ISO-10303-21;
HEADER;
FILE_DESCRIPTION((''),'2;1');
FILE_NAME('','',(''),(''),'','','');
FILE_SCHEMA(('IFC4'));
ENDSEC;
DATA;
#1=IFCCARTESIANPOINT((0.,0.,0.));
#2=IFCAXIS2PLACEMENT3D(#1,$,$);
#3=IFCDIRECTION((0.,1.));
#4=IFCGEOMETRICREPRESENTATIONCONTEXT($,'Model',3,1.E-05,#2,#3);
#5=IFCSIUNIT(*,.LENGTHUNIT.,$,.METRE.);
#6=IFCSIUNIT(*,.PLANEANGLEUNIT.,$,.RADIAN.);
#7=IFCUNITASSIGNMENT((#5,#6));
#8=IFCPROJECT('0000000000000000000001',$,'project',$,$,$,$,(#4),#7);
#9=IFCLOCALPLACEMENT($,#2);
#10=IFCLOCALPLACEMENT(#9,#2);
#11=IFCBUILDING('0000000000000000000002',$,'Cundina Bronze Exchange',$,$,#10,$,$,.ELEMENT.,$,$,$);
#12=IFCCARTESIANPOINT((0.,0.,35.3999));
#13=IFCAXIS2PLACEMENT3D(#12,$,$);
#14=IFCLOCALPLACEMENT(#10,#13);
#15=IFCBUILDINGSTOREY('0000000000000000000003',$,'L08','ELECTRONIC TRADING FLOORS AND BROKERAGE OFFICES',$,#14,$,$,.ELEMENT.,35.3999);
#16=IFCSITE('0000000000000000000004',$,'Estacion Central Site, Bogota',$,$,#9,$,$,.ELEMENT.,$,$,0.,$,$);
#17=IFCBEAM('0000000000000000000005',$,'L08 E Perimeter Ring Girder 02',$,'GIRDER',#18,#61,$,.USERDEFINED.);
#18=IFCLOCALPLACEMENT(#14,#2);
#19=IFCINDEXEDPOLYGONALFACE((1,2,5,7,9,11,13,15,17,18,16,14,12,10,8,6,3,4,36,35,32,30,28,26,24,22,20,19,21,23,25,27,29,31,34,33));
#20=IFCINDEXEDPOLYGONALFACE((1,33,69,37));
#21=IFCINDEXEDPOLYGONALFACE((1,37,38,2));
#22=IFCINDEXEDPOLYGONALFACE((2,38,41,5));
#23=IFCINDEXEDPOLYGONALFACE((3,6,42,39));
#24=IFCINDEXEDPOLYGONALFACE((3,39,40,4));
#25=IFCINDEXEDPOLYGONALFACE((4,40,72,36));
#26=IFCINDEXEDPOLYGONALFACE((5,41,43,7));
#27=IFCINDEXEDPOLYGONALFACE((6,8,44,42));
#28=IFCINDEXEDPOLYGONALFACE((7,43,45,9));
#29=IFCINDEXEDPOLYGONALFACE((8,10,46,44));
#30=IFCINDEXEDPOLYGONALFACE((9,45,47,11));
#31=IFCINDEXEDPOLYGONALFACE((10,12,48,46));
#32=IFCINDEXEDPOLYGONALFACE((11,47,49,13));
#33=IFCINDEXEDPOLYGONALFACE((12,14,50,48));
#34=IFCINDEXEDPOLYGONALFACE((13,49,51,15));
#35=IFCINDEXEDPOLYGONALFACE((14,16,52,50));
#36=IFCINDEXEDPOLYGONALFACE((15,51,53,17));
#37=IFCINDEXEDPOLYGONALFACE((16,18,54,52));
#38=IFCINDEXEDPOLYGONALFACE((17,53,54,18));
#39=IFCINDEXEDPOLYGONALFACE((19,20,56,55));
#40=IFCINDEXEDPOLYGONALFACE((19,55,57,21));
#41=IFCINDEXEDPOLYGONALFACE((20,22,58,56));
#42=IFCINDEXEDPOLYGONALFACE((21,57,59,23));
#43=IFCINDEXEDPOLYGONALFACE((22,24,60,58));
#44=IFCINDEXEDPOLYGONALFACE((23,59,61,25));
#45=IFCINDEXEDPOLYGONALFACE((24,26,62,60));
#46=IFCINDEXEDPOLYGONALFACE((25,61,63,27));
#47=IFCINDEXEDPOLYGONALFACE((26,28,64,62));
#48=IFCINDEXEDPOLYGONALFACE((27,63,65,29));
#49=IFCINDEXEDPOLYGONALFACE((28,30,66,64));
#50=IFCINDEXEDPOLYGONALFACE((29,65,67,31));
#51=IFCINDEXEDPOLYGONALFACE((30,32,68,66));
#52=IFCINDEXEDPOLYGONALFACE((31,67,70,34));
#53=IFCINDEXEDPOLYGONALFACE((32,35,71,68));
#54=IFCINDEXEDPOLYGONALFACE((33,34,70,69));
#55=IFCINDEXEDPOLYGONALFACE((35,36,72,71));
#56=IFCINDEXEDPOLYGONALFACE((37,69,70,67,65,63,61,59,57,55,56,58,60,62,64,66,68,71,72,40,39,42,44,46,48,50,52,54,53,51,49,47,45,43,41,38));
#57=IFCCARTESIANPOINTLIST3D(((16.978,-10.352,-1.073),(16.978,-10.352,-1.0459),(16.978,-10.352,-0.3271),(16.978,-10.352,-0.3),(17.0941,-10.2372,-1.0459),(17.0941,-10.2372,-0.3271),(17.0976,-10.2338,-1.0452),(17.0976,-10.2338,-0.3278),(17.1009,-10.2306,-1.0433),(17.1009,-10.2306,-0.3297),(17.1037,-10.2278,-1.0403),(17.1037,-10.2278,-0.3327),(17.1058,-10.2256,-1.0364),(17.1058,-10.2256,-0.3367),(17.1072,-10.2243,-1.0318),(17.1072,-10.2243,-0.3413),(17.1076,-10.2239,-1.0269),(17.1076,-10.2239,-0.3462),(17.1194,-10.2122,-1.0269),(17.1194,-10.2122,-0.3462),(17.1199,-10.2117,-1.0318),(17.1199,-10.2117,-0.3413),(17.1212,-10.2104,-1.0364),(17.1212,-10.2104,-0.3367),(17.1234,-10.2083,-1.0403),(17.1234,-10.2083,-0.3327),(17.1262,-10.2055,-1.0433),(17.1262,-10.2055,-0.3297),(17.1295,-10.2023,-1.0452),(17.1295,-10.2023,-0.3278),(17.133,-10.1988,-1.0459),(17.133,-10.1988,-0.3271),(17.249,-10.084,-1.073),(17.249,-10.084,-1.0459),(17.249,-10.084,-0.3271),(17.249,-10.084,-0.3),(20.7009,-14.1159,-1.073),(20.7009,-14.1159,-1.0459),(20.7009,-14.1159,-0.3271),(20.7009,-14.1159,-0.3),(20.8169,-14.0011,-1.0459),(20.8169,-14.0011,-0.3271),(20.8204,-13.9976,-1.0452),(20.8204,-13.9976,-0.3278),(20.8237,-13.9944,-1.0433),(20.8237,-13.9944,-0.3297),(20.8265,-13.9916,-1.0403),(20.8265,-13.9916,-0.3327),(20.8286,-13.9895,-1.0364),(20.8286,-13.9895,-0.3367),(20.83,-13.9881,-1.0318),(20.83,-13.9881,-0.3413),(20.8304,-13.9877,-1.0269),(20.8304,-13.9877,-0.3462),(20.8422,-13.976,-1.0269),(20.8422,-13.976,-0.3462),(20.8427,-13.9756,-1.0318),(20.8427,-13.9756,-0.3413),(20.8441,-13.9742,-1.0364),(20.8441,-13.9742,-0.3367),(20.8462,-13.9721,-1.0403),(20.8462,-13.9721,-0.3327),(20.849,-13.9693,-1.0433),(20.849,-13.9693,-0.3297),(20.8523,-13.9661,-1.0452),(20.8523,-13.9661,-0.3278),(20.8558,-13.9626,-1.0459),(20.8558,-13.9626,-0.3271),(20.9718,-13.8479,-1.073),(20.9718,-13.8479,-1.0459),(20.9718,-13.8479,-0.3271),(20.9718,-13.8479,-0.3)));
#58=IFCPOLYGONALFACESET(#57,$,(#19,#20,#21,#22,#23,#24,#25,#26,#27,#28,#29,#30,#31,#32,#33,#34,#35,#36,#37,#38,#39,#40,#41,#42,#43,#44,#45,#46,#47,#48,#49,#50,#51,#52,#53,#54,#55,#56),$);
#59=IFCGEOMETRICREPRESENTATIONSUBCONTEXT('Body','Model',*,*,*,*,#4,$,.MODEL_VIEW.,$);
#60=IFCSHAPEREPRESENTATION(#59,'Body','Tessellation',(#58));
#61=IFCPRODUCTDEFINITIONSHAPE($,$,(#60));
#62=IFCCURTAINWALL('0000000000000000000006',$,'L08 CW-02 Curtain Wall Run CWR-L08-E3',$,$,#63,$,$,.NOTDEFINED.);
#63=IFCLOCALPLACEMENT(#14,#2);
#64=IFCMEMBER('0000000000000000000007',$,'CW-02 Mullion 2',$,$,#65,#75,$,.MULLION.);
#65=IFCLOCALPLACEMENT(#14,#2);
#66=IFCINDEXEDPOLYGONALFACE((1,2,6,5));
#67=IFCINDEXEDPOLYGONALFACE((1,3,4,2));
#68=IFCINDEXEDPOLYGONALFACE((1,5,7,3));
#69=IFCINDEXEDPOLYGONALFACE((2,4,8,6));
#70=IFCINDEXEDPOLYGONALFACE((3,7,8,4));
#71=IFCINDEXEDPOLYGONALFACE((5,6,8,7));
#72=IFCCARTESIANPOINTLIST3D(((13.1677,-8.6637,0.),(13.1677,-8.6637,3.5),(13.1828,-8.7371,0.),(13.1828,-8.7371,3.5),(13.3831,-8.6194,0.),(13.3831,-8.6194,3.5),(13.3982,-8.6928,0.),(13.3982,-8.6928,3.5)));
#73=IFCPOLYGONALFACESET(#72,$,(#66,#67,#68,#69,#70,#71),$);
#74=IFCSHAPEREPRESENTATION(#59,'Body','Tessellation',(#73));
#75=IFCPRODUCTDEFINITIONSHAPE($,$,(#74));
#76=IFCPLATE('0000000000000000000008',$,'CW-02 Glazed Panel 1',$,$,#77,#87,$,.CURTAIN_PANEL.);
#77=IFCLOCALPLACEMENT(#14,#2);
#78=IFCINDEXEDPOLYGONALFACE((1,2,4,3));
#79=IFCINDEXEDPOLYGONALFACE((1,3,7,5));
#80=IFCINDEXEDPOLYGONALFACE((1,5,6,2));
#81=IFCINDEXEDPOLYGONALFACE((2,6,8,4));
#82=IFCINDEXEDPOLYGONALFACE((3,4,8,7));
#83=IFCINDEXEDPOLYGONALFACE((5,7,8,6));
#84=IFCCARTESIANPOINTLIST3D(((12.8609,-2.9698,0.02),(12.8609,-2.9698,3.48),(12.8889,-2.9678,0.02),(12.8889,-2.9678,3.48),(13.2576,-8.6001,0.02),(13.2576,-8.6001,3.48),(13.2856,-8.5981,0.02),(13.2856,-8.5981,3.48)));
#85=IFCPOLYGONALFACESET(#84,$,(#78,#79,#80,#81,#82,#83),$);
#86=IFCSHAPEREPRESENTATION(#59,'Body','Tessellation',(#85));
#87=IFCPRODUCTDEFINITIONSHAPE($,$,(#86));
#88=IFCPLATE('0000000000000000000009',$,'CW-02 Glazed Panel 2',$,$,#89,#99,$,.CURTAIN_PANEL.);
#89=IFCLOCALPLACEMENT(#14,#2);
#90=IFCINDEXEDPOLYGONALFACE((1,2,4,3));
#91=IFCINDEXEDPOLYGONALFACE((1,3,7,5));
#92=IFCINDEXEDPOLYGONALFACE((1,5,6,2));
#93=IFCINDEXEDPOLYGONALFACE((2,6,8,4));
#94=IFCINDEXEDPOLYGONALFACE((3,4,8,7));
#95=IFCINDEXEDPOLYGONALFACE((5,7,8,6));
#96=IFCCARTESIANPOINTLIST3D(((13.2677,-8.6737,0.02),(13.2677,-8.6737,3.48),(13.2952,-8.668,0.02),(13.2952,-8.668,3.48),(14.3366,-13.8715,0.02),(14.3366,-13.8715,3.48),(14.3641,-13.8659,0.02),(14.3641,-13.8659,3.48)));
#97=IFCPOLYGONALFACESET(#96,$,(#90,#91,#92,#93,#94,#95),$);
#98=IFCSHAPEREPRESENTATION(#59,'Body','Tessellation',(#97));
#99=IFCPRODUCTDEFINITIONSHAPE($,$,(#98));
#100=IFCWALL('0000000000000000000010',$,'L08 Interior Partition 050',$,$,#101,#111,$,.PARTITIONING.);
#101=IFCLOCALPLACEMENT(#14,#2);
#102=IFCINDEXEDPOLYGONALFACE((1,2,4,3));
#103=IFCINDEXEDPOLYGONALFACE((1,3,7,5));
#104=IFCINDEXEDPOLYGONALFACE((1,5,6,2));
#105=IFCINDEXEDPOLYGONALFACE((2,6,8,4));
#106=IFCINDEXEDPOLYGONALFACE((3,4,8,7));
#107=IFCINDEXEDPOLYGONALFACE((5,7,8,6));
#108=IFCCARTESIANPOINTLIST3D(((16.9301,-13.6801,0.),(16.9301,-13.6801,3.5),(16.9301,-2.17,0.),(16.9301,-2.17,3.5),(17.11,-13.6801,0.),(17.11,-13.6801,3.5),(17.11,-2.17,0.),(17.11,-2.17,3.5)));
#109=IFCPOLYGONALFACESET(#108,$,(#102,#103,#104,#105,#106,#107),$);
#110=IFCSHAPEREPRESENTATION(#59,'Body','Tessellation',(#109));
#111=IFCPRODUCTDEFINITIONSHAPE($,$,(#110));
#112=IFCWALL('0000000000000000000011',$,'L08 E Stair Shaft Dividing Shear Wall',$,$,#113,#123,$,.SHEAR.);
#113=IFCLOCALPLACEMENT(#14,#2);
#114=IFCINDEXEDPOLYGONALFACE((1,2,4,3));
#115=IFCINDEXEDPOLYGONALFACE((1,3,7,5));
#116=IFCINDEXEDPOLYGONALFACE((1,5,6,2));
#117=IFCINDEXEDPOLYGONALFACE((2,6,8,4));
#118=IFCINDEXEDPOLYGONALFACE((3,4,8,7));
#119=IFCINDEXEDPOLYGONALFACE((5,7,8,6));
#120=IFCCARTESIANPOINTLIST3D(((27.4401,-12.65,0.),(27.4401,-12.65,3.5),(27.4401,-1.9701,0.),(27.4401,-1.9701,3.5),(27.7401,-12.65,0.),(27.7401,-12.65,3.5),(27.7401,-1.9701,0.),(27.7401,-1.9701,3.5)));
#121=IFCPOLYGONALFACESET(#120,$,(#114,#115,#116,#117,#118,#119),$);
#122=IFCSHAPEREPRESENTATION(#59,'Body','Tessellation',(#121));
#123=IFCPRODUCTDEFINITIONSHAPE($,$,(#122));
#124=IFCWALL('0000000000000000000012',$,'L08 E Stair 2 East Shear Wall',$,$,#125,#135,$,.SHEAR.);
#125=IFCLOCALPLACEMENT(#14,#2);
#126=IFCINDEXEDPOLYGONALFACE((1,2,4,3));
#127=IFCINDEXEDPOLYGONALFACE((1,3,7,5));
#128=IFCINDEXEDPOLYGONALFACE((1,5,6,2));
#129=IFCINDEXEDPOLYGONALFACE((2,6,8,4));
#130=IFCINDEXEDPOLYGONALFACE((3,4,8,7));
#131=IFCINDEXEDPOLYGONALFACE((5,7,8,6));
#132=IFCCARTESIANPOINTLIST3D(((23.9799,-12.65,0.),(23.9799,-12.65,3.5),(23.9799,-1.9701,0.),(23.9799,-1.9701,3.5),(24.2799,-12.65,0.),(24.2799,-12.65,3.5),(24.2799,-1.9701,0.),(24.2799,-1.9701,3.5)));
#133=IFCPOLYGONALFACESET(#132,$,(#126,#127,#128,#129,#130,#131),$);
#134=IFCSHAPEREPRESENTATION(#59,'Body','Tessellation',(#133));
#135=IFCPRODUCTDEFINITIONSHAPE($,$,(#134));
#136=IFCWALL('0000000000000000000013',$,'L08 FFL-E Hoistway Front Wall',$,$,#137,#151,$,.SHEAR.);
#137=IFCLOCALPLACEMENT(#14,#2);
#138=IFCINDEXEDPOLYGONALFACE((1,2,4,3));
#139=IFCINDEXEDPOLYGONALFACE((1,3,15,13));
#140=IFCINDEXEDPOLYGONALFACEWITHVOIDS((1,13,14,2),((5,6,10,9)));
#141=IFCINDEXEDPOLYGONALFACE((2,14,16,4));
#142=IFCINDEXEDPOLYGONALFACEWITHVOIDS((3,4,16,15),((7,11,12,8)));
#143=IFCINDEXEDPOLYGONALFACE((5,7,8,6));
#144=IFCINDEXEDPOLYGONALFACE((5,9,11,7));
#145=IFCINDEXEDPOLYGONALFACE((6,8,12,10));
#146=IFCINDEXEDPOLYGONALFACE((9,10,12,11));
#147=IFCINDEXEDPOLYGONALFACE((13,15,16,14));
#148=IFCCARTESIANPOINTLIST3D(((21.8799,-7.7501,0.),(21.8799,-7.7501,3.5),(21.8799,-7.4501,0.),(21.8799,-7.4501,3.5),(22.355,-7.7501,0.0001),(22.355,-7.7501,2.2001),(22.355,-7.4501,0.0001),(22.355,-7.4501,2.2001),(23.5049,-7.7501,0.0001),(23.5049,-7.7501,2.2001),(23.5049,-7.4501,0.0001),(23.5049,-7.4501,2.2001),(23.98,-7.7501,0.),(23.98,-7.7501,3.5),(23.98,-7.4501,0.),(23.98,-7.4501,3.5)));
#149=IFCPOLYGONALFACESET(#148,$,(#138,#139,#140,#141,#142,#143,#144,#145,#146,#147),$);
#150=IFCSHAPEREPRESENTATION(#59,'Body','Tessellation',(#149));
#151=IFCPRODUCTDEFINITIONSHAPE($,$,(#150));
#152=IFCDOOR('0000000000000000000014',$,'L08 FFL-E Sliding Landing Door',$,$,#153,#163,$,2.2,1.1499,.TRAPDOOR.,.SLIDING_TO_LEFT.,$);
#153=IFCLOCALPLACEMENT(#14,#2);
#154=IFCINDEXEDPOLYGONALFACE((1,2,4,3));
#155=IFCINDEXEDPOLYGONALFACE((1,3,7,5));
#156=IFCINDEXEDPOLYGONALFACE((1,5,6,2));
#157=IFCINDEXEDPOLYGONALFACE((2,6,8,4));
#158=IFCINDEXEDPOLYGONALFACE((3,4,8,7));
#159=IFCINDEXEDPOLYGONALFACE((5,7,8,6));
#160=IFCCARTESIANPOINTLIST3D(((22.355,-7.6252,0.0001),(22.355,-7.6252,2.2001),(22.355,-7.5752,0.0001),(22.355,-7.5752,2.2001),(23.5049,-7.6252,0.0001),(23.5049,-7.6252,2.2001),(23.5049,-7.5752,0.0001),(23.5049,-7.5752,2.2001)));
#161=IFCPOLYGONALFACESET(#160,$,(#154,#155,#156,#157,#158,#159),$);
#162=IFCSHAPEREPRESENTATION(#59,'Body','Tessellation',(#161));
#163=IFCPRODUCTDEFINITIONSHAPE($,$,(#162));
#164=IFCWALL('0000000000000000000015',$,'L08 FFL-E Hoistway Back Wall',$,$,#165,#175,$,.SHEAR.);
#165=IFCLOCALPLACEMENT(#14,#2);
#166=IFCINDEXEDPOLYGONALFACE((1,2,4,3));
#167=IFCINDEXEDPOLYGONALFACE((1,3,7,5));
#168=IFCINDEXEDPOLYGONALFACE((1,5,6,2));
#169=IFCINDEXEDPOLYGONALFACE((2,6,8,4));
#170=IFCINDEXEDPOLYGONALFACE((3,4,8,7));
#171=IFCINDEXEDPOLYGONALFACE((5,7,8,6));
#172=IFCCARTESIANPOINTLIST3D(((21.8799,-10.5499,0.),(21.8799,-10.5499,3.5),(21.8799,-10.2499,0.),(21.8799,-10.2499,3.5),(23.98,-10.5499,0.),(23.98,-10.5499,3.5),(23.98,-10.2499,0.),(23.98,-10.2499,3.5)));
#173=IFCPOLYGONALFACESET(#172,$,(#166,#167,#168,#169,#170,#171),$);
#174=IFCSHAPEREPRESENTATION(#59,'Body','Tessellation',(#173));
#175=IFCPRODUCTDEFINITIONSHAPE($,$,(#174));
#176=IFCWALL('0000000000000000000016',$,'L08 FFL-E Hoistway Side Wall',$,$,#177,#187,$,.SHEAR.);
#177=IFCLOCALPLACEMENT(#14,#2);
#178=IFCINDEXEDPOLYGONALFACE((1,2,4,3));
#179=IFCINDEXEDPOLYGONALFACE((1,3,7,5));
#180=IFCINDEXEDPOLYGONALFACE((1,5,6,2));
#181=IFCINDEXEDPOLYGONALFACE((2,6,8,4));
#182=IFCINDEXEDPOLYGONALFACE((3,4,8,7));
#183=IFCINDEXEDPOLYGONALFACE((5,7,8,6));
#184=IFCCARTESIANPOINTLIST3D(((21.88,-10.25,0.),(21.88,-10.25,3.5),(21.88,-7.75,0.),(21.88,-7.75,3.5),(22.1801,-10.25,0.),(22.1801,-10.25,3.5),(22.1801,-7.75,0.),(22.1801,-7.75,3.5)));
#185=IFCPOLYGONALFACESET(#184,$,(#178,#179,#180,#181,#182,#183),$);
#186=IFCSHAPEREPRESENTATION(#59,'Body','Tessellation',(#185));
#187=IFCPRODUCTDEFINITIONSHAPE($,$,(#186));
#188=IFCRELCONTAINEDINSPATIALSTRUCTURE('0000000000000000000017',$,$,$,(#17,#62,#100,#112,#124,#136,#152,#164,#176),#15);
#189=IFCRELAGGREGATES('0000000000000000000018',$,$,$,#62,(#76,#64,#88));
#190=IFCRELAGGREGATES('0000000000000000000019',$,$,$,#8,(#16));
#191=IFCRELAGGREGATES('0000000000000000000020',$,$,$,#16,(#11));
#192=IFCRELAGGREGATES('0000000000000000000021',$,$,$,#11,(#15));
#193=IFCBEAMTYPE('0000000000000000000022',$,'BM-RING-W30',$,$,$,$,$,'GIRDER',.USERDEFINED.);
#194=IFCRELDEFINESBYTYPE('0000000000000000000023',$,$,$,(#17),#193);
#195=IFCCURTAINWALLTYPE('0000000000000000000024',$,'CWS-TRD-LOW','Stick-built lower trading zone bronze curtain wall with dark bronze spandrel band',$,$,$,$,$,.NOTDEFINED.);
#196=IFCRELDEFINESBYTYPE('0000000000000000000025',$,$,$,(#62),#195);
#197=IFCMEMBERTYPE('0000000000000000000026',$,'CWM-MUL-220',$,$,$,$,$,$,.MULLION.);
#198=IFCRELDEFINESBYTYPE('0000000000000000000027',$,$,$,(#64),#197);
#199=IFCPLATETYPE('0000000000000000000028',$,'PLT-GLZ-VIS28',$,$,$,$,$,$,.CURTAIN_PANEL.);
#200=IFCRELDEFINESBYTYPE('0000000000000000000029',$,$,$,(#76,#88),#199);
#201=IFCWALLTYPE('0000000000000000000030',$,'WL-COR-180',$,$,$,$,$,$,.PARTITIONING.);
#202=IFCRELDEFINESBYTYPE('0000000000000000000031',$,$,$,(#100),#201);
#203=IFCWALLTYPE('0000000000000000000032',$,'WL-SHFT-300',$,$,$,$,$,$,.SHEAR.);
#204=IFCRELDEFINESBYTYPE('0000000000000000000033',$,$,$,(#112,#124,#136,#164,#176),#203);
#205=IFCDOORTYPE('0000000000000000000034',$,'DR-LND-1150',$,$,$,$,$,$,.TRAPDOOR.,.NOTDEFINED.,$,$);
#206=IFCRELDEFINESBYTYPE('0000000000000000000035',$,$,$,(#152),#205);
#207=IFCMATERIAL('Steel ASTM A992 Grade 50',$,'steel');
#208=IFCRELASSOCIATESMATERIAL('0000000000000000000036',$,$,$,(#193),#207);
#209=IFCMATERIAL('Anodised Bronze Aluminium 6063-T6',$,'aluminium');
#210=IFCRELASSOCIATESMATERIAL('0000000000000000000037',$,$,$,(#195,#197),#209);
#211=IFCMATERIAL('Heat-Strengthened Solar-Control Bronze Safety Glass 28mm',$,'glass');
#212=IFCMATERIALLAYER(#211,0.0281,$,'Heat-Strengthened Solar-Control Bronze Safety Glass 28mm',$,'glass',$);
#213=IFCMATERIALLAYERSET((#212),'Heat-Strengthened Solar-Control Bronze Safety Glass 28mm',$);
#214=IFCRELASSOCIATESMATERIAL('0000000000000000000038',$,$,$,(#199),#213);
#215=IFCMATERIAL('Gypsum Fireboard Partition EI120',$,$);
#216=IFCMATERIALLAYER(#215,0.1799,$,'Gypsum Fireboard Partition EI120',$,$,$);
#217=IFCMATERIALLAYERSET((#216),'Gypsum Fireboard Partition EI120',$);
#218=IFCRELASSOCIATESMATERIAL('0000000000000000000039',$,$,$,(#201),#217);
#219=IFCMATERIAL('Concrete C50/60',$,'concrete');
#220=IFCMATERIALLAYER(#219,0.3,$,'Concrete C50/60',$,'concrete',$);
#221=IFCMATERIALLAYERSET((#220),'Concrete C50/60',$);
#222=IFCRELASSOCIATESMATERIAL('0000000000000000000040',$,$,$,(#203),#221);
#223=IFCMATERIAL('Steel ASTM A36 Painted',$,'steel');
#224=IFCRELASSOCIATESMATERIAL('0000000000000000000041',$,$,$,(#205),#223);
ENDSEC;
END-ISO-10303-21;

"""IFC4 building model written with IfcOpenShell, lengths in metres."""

from ifc_helpers import new_model, si_unit, direction, frame, frame_2d, origin, origin_2d, place, context, subcontext, project, spatial, rectangle, i_section, extrude, material, layer, layer_set, material_profile, profile_set, type_object, element, fill, aggregate, save


model = new_model("IFC4")

# Units and contexts
model_context = context("Model", 3, precision=1e-05, world=origin(), true_north=direction((0.0, 1.0)))
body_context = subcontext(model_context, "Body", "Model", "MODEL_VIEW")
ifc_project = project(units=[si_unit("LENGTHUNIT", "METRE"), si_unit("PLANEANGLEUNIT", "RADIAN")], contexts=[model_context])

# Site, building, storey
site_placement = place(None, origin())
site = spatial("IfcSite", under=ifc_project, at=site_placement, Name="Estacion Central Site, Bogota", CompositionType="ELEMENT", RefElevation=0.0)
building_placement = place(site_placement, origin())
building = spatial("IfcBuilding", under=site, at=building_placement, Name="Cundina Bronze Exchange", CompositionType="ELEMENT")
storey_placement = place(building_placement, frame((0.0, 0.0, 35.3999)))
storey = spatial("IfcBuildingStorey", under=building, at=storey_placement, Name="L08", Description="ELECTRONIC TRADING FLOORS AND BROKERAGE OFFICES", CompositionType="ELEMENT", Elevation=35.3999)

# Beam
ifc_material_1 = material(Name="Steel ASTM A992 Grade 50", Category="steel")
ifc_material_profile_1 = material_profile(ifc_material_1, i_section(OverallWidth=0.3811, OverallDepth=0.7729, WebThickness=0.0166, FlangeThickness=0.0271, FilletRadius=0.019, at=origin_2d()), Name="W30X173", Category="steel")
ifc_profile_set_1 = profile_set([ifc_material_profile_1], Name="Steel ASTM A992 Grade 50")
beam_type_1 = type_object("IfcBeamType", Name="BM-RING-W30", ElementType="GIRDER", PredefinedType="USERDEFINED", material=ifc_profile_set_1)
beam_1_placement = place(storey_placement, frame((17.1135, -10.218, -0.6865), z_axis=(0.703222, -0.71097, 0.0), x_axis=(0.71097, 0.703222, 0.0)))
element("IfcBeam", 1, at=beam_1_placement, inside=storey, type_object=beam_type_1, Name="L08 E Perimeter Ring Girder 02", ObjectType="GIRDER", PredefinedType="USERDEFINED", context=body_context, shape_type="SweptSolid", body=[
    extrude(i_section(OverallWidth=0.3811, OverallDepth=0.7729, WebThickness=0.0166, FlangeThickness=0.0271, FilletRadius=0.019, at=origin_2d()), origin(), (0.0, 0.0, 1.0), 5.2939),
])

# Curtain wall, member, plates
ifc_material_2 = material(Name="Anodised Bronze Aluminium 6063-T6", Category="aluminium")
curtain_wall_type = type_object("IfcCurtainWallType", Name="CWS-TRD-LOW", Description="Stick-built lower trading zone bronze curtain wall with dark bronze spandrel band", PredefinedType="NOTDEFINED", material=ifc_material_2)
curtain_wall_placement = place(storey_placement, origin())
curtain_wall = element("IfcCurtainWall", 2, at=curtain_wall_placement, inside=storey, type_object=curtain_wall_type, Name="L08 CW-02 Curtain Wall Run CWR-L08-E3", PredefinedType="NOTDEFINED")
ifc_material_profile_2 = material_profile(ifc_material_2, rectangle(XDim=0.075, YDim=0.22, at=origin_2d()), Name="AL75X220", Category="aluminium")
ifc_profile_set_2 = profile_set([ifc_material_profile_2], Name="Anodised Bronze Aluminium 6063-T6")
member_type = type_object("IfcMemberType", Name="CWM-MUL-220", PredefinedType="MULLION", material=ifc_profile_set_2)
member_placement = place(storey_placement, frame((13.283, -8.6782, 0.0), z_axis=(0.0, 0.0, 1.0), x_axis=(0.20142, -0.979505, 0.0)))
member = element("IfcMember", 3, at=member_placement, type_object=member_type, Name="CW-02 Mullion 2", PredefinedType="MULLION", context=body_context, shape_type="SweptSolid", body=[
    extrude(rectangle(XDim=0.075, YDim=0.22, at=origin_2d()), origin(), (0.0, 0.0, 1.0), 3.5),
])
ifc_material_3 = material(Name="Heat-Strengthened Solar-Control Bronze Safety Glass 28mm", Category="glass")
ifc_layer_1 = layer(ifc_material_3, 0.0281, Name="Heat-Strengthened Solar-Control Bronze Safety Glass 28mm", Category="glass")
ifc_layer_set_1 = layer_set([ifc_layer_1], Name="Heat-Strengthened Solar-Control Bronze Safety Glass 28mm")
plate_type = type_object("IfcPlateType", Name="PLT-GLZ-VIS28", PredefinedType="CURTAIN_PANEL", material=ifc_layer_set_1)
plate_1_placement = place(storey_placement, frame((13.0732, -5.7839, 0.02), z_axis=(0.0, 0.0, 1.0), x_axis=(0.070279, -0.997527, 0.0)))
plate_1 = element("IfcPlate", 4, at=plate_1_placement, type_object=plate_type, Name="CW-02 Glazed Panel 1", PredefinedType="CURTAIN_PANEL", context=body_context, shape_type="SweptSolid", body=[
    extrude(rectangle(XDim=5.6443, YDim=0.0281, at=origin_2d()), origin(), (0.0, 0.0, 1.0), 3.46),
])
plate_2_placement = place(storey_placement, frame((13.8159, -11.2698, 0.02), z_axis=(0.0, 0.0, 1.0), x_axis=(0.20142, -0.979505, 0.0)))
plate_2 = element("IfcPlate", 5, at=plate_2_placement, type_object=plate_type, Name="CW-02 Glazed Panel 2", PredefinedType="CURTAIN_PANEL", context=body_context, shape_type="SweptSolid", body=[
    extrude(rectangle(XDim=5.3066, YDim=0.0281, at=origin_2d()), origin(), (0.0, 0.0, 1.0), 3.46),
])
aggregate(curtain_wall, [plate_1, member, plate_2])

# Walls
ifc_material_4 = material(Name="Gypsum Fireboard Partition EI120")
ifc_layer_2 = layer(ifc_material_4, 0.1799, Name="Gypsum Fireboard Partition EI120")
ifc_layer_set_2 = layer_set([ifc_layer_2], Name="Gypsum Fireboard Partition EI120")
wall_type_1 = type_object("IfcWallType", Name="WL-COR-180", PredefinedType="PARTITIONING", material=ifc_layer_set_2)
wall_1_placement = place(storey_placement, frame((17.02, -13.6799, 0.0), z_axis=(0.0, 0.0, 1.0), x_axis=(0.0, 1.0, 0.0)))
element("IfcWall", 6, at=wall_1_placement, inside=storey, type_object=wall_type_1, Name="L08 Interior Partition 050", PredefinedType="PARTITIONING", context=body_context, shape_type="SweptSolid", body=[
    extrude(rectangle(XDim=11.51, YDim=0.1799, at=frame_2d((5.7549, 0.0))), origin(), (0.0, 0.0, 1.0), 3.5),
])
ifc_material_5 = material(Name="Concrete C50/60", Category="concrete")
ifc_layer_3 = layer(ifc_material_5, 0.3, Name="Concrete C50/60", Category="concrete")
ifc_layer_set_3 = layer_set([ifc_layer_3], Name="Concrete C50/60")
wall_type_2 = type_object("IfcWallType", Name="WL-SHFT-300", PredefinedType="SHEAR", material=ifc_layer_set_3)
for number, where, z_axis, x_axis, name in (
    (7, (27.5901, -12.6499, 0.0), (0.0, 0.0, 1.0), (0.0, 1.0, 0.0), "L08 E Stair Shaft Dividing Shear Wall"),
    (8, (24.1299, -12.6499, 0.0), (0.0, 0.0, 1.0), (0.0, 1.0, 0.0), "L08 E Stair 2 East Shear Wall"),
):
    element("IfcWall", number, at=place(storey_placement, frame(where, z_axis=z_axis, x_axis=x_axis)), inside=storey, type_object=wall_type_2, Name=name, PredefinedType="SHEAR", context=body_context, shape_type="SweptSolid", body=[
        extrude(rectangle(XDim=10.6799, YDim=0.3, at=frame_2d((5.3398, 0.0))), origin(), (0.0, 0.0, 1.0), 3.5),
    ])

# Wall, opening, door
ifc_material_6 = material(Name="Steel ASTM A36 Painted", Category="steel")
wall_2_placement = place(storey_placement, frame((21.8799, -7.6001, 0.0), z_axis=(0.0, 0.0, 1.0), x_axis=(1.0, 0.0, 0.0)))
wall_2 = element("IfcWall", 9, at=wall_2_placement, inside=storey, type_object=wall_type_2, Name="L08 FFL-E Hoistway Front Wall", PredefinedType="SHEAR", context=body_context, shape_type="SweptSolid", body=[
    extrude(rectangle(XDim=2.1001, YDim=0.3, at=frame_2d((1.05, 0.0))), origin(), (0.0, 0.0, 1.0), 3.5),
])
opening_1_placement = place(wall_2_placement, frame((0.4751, 0.0, 0.0)))
opening_1 = element("IfcOpeningElement", 10, at=opening_1_placement, cuts=wall_2, PredefinedType="OPENING", context=body_context, shape_type="SweptSolid", body=[
    extrude(rectangle(XDim=1.1499, YDim=2.2, at=frame_2d((0.575, 1.1001))), frame((0.0, 0.1599, 0.0), z_axis=(0.0, -1.0, 0.0), x_axis=(1.0, 0.0, 0.0)), (0.0, 0.0, 1.0), 0.3201),
])
door_type_1 = type_object("IfcDoorType", Name="DR-LND-1150", OperationType="NOTDEFINED", PredefinedType="TRAPDOOR", material=ifc_material_6)
door_1_placement = place(opening_1_placement, origin())
door_1 = element("IfcDoor", 11, at=door_1_placement, inside=storey, type_object=door_type_1, Name="L08 FFL-E Sliding Landing Door", OperationType="SLIDING_TO_LEFT", OverallHeight=2.2, OverallWidth=1.1499, PredefinedType="TRAPDOOR", context=body_context, shape_type="SweptSolid", body=[
    extrude(rectangle(XDim=1.1499, YDim=2.2, at=frame_2d((0.575, 1.1001))), frame((0.0, 0.0249, 0.0), z_axis=(0.0, -1.0, 0.0), x_axis=(1.0, 0.0, 0.0)), (0.0, 0.0, 1.0), 0.05),
])
fill(opening_1, door_1)

# Walls
wall_3_placement = place(storey_placement, frame((21.8799, -10.3999, 0.0), z_axis=(0.0, 0.0, 1.0), x_axis=(1.0, 0.0, 0.0)))
element("IfcWall", 12, at=wall_3_placement, inside=storey, type_object=wall_type_2, Name="L08 FFL-E Hoistway Back Wall", PredefinedType="SHEAR", context=body_context, shape_type="SweptSolid", body=[
    extrude(rectangle(XDim=2.1001, YDim=0.3, at=frame_2d((1.05, 0.0))), origin(), (0.0, 0.0, 1.0), 3.5),
])
wall_4_placement = place(storey_placement, frame((22.03, -10.25, 0.0), z_axis=(0.0, 0.0, 1.0), x_axis=(0.0, 1.0, 0.0)))
element("IfcWall", 13, at=wall_4_placement, inside=storey, type_object=wall_type_2, Name="L08 FFL-E Hoistway Side Wall", PredefinedType="SHEAR", context=body_context, shape_type="SweptSolid", body=[
    extrude(rectangle(XDim=2.5, YDim=0.3, at=frame_2d((1.25, 0.0))), origin(), (0.0, 0.0, 1.0), 3.5),
])

save(model, "model.ifc")
